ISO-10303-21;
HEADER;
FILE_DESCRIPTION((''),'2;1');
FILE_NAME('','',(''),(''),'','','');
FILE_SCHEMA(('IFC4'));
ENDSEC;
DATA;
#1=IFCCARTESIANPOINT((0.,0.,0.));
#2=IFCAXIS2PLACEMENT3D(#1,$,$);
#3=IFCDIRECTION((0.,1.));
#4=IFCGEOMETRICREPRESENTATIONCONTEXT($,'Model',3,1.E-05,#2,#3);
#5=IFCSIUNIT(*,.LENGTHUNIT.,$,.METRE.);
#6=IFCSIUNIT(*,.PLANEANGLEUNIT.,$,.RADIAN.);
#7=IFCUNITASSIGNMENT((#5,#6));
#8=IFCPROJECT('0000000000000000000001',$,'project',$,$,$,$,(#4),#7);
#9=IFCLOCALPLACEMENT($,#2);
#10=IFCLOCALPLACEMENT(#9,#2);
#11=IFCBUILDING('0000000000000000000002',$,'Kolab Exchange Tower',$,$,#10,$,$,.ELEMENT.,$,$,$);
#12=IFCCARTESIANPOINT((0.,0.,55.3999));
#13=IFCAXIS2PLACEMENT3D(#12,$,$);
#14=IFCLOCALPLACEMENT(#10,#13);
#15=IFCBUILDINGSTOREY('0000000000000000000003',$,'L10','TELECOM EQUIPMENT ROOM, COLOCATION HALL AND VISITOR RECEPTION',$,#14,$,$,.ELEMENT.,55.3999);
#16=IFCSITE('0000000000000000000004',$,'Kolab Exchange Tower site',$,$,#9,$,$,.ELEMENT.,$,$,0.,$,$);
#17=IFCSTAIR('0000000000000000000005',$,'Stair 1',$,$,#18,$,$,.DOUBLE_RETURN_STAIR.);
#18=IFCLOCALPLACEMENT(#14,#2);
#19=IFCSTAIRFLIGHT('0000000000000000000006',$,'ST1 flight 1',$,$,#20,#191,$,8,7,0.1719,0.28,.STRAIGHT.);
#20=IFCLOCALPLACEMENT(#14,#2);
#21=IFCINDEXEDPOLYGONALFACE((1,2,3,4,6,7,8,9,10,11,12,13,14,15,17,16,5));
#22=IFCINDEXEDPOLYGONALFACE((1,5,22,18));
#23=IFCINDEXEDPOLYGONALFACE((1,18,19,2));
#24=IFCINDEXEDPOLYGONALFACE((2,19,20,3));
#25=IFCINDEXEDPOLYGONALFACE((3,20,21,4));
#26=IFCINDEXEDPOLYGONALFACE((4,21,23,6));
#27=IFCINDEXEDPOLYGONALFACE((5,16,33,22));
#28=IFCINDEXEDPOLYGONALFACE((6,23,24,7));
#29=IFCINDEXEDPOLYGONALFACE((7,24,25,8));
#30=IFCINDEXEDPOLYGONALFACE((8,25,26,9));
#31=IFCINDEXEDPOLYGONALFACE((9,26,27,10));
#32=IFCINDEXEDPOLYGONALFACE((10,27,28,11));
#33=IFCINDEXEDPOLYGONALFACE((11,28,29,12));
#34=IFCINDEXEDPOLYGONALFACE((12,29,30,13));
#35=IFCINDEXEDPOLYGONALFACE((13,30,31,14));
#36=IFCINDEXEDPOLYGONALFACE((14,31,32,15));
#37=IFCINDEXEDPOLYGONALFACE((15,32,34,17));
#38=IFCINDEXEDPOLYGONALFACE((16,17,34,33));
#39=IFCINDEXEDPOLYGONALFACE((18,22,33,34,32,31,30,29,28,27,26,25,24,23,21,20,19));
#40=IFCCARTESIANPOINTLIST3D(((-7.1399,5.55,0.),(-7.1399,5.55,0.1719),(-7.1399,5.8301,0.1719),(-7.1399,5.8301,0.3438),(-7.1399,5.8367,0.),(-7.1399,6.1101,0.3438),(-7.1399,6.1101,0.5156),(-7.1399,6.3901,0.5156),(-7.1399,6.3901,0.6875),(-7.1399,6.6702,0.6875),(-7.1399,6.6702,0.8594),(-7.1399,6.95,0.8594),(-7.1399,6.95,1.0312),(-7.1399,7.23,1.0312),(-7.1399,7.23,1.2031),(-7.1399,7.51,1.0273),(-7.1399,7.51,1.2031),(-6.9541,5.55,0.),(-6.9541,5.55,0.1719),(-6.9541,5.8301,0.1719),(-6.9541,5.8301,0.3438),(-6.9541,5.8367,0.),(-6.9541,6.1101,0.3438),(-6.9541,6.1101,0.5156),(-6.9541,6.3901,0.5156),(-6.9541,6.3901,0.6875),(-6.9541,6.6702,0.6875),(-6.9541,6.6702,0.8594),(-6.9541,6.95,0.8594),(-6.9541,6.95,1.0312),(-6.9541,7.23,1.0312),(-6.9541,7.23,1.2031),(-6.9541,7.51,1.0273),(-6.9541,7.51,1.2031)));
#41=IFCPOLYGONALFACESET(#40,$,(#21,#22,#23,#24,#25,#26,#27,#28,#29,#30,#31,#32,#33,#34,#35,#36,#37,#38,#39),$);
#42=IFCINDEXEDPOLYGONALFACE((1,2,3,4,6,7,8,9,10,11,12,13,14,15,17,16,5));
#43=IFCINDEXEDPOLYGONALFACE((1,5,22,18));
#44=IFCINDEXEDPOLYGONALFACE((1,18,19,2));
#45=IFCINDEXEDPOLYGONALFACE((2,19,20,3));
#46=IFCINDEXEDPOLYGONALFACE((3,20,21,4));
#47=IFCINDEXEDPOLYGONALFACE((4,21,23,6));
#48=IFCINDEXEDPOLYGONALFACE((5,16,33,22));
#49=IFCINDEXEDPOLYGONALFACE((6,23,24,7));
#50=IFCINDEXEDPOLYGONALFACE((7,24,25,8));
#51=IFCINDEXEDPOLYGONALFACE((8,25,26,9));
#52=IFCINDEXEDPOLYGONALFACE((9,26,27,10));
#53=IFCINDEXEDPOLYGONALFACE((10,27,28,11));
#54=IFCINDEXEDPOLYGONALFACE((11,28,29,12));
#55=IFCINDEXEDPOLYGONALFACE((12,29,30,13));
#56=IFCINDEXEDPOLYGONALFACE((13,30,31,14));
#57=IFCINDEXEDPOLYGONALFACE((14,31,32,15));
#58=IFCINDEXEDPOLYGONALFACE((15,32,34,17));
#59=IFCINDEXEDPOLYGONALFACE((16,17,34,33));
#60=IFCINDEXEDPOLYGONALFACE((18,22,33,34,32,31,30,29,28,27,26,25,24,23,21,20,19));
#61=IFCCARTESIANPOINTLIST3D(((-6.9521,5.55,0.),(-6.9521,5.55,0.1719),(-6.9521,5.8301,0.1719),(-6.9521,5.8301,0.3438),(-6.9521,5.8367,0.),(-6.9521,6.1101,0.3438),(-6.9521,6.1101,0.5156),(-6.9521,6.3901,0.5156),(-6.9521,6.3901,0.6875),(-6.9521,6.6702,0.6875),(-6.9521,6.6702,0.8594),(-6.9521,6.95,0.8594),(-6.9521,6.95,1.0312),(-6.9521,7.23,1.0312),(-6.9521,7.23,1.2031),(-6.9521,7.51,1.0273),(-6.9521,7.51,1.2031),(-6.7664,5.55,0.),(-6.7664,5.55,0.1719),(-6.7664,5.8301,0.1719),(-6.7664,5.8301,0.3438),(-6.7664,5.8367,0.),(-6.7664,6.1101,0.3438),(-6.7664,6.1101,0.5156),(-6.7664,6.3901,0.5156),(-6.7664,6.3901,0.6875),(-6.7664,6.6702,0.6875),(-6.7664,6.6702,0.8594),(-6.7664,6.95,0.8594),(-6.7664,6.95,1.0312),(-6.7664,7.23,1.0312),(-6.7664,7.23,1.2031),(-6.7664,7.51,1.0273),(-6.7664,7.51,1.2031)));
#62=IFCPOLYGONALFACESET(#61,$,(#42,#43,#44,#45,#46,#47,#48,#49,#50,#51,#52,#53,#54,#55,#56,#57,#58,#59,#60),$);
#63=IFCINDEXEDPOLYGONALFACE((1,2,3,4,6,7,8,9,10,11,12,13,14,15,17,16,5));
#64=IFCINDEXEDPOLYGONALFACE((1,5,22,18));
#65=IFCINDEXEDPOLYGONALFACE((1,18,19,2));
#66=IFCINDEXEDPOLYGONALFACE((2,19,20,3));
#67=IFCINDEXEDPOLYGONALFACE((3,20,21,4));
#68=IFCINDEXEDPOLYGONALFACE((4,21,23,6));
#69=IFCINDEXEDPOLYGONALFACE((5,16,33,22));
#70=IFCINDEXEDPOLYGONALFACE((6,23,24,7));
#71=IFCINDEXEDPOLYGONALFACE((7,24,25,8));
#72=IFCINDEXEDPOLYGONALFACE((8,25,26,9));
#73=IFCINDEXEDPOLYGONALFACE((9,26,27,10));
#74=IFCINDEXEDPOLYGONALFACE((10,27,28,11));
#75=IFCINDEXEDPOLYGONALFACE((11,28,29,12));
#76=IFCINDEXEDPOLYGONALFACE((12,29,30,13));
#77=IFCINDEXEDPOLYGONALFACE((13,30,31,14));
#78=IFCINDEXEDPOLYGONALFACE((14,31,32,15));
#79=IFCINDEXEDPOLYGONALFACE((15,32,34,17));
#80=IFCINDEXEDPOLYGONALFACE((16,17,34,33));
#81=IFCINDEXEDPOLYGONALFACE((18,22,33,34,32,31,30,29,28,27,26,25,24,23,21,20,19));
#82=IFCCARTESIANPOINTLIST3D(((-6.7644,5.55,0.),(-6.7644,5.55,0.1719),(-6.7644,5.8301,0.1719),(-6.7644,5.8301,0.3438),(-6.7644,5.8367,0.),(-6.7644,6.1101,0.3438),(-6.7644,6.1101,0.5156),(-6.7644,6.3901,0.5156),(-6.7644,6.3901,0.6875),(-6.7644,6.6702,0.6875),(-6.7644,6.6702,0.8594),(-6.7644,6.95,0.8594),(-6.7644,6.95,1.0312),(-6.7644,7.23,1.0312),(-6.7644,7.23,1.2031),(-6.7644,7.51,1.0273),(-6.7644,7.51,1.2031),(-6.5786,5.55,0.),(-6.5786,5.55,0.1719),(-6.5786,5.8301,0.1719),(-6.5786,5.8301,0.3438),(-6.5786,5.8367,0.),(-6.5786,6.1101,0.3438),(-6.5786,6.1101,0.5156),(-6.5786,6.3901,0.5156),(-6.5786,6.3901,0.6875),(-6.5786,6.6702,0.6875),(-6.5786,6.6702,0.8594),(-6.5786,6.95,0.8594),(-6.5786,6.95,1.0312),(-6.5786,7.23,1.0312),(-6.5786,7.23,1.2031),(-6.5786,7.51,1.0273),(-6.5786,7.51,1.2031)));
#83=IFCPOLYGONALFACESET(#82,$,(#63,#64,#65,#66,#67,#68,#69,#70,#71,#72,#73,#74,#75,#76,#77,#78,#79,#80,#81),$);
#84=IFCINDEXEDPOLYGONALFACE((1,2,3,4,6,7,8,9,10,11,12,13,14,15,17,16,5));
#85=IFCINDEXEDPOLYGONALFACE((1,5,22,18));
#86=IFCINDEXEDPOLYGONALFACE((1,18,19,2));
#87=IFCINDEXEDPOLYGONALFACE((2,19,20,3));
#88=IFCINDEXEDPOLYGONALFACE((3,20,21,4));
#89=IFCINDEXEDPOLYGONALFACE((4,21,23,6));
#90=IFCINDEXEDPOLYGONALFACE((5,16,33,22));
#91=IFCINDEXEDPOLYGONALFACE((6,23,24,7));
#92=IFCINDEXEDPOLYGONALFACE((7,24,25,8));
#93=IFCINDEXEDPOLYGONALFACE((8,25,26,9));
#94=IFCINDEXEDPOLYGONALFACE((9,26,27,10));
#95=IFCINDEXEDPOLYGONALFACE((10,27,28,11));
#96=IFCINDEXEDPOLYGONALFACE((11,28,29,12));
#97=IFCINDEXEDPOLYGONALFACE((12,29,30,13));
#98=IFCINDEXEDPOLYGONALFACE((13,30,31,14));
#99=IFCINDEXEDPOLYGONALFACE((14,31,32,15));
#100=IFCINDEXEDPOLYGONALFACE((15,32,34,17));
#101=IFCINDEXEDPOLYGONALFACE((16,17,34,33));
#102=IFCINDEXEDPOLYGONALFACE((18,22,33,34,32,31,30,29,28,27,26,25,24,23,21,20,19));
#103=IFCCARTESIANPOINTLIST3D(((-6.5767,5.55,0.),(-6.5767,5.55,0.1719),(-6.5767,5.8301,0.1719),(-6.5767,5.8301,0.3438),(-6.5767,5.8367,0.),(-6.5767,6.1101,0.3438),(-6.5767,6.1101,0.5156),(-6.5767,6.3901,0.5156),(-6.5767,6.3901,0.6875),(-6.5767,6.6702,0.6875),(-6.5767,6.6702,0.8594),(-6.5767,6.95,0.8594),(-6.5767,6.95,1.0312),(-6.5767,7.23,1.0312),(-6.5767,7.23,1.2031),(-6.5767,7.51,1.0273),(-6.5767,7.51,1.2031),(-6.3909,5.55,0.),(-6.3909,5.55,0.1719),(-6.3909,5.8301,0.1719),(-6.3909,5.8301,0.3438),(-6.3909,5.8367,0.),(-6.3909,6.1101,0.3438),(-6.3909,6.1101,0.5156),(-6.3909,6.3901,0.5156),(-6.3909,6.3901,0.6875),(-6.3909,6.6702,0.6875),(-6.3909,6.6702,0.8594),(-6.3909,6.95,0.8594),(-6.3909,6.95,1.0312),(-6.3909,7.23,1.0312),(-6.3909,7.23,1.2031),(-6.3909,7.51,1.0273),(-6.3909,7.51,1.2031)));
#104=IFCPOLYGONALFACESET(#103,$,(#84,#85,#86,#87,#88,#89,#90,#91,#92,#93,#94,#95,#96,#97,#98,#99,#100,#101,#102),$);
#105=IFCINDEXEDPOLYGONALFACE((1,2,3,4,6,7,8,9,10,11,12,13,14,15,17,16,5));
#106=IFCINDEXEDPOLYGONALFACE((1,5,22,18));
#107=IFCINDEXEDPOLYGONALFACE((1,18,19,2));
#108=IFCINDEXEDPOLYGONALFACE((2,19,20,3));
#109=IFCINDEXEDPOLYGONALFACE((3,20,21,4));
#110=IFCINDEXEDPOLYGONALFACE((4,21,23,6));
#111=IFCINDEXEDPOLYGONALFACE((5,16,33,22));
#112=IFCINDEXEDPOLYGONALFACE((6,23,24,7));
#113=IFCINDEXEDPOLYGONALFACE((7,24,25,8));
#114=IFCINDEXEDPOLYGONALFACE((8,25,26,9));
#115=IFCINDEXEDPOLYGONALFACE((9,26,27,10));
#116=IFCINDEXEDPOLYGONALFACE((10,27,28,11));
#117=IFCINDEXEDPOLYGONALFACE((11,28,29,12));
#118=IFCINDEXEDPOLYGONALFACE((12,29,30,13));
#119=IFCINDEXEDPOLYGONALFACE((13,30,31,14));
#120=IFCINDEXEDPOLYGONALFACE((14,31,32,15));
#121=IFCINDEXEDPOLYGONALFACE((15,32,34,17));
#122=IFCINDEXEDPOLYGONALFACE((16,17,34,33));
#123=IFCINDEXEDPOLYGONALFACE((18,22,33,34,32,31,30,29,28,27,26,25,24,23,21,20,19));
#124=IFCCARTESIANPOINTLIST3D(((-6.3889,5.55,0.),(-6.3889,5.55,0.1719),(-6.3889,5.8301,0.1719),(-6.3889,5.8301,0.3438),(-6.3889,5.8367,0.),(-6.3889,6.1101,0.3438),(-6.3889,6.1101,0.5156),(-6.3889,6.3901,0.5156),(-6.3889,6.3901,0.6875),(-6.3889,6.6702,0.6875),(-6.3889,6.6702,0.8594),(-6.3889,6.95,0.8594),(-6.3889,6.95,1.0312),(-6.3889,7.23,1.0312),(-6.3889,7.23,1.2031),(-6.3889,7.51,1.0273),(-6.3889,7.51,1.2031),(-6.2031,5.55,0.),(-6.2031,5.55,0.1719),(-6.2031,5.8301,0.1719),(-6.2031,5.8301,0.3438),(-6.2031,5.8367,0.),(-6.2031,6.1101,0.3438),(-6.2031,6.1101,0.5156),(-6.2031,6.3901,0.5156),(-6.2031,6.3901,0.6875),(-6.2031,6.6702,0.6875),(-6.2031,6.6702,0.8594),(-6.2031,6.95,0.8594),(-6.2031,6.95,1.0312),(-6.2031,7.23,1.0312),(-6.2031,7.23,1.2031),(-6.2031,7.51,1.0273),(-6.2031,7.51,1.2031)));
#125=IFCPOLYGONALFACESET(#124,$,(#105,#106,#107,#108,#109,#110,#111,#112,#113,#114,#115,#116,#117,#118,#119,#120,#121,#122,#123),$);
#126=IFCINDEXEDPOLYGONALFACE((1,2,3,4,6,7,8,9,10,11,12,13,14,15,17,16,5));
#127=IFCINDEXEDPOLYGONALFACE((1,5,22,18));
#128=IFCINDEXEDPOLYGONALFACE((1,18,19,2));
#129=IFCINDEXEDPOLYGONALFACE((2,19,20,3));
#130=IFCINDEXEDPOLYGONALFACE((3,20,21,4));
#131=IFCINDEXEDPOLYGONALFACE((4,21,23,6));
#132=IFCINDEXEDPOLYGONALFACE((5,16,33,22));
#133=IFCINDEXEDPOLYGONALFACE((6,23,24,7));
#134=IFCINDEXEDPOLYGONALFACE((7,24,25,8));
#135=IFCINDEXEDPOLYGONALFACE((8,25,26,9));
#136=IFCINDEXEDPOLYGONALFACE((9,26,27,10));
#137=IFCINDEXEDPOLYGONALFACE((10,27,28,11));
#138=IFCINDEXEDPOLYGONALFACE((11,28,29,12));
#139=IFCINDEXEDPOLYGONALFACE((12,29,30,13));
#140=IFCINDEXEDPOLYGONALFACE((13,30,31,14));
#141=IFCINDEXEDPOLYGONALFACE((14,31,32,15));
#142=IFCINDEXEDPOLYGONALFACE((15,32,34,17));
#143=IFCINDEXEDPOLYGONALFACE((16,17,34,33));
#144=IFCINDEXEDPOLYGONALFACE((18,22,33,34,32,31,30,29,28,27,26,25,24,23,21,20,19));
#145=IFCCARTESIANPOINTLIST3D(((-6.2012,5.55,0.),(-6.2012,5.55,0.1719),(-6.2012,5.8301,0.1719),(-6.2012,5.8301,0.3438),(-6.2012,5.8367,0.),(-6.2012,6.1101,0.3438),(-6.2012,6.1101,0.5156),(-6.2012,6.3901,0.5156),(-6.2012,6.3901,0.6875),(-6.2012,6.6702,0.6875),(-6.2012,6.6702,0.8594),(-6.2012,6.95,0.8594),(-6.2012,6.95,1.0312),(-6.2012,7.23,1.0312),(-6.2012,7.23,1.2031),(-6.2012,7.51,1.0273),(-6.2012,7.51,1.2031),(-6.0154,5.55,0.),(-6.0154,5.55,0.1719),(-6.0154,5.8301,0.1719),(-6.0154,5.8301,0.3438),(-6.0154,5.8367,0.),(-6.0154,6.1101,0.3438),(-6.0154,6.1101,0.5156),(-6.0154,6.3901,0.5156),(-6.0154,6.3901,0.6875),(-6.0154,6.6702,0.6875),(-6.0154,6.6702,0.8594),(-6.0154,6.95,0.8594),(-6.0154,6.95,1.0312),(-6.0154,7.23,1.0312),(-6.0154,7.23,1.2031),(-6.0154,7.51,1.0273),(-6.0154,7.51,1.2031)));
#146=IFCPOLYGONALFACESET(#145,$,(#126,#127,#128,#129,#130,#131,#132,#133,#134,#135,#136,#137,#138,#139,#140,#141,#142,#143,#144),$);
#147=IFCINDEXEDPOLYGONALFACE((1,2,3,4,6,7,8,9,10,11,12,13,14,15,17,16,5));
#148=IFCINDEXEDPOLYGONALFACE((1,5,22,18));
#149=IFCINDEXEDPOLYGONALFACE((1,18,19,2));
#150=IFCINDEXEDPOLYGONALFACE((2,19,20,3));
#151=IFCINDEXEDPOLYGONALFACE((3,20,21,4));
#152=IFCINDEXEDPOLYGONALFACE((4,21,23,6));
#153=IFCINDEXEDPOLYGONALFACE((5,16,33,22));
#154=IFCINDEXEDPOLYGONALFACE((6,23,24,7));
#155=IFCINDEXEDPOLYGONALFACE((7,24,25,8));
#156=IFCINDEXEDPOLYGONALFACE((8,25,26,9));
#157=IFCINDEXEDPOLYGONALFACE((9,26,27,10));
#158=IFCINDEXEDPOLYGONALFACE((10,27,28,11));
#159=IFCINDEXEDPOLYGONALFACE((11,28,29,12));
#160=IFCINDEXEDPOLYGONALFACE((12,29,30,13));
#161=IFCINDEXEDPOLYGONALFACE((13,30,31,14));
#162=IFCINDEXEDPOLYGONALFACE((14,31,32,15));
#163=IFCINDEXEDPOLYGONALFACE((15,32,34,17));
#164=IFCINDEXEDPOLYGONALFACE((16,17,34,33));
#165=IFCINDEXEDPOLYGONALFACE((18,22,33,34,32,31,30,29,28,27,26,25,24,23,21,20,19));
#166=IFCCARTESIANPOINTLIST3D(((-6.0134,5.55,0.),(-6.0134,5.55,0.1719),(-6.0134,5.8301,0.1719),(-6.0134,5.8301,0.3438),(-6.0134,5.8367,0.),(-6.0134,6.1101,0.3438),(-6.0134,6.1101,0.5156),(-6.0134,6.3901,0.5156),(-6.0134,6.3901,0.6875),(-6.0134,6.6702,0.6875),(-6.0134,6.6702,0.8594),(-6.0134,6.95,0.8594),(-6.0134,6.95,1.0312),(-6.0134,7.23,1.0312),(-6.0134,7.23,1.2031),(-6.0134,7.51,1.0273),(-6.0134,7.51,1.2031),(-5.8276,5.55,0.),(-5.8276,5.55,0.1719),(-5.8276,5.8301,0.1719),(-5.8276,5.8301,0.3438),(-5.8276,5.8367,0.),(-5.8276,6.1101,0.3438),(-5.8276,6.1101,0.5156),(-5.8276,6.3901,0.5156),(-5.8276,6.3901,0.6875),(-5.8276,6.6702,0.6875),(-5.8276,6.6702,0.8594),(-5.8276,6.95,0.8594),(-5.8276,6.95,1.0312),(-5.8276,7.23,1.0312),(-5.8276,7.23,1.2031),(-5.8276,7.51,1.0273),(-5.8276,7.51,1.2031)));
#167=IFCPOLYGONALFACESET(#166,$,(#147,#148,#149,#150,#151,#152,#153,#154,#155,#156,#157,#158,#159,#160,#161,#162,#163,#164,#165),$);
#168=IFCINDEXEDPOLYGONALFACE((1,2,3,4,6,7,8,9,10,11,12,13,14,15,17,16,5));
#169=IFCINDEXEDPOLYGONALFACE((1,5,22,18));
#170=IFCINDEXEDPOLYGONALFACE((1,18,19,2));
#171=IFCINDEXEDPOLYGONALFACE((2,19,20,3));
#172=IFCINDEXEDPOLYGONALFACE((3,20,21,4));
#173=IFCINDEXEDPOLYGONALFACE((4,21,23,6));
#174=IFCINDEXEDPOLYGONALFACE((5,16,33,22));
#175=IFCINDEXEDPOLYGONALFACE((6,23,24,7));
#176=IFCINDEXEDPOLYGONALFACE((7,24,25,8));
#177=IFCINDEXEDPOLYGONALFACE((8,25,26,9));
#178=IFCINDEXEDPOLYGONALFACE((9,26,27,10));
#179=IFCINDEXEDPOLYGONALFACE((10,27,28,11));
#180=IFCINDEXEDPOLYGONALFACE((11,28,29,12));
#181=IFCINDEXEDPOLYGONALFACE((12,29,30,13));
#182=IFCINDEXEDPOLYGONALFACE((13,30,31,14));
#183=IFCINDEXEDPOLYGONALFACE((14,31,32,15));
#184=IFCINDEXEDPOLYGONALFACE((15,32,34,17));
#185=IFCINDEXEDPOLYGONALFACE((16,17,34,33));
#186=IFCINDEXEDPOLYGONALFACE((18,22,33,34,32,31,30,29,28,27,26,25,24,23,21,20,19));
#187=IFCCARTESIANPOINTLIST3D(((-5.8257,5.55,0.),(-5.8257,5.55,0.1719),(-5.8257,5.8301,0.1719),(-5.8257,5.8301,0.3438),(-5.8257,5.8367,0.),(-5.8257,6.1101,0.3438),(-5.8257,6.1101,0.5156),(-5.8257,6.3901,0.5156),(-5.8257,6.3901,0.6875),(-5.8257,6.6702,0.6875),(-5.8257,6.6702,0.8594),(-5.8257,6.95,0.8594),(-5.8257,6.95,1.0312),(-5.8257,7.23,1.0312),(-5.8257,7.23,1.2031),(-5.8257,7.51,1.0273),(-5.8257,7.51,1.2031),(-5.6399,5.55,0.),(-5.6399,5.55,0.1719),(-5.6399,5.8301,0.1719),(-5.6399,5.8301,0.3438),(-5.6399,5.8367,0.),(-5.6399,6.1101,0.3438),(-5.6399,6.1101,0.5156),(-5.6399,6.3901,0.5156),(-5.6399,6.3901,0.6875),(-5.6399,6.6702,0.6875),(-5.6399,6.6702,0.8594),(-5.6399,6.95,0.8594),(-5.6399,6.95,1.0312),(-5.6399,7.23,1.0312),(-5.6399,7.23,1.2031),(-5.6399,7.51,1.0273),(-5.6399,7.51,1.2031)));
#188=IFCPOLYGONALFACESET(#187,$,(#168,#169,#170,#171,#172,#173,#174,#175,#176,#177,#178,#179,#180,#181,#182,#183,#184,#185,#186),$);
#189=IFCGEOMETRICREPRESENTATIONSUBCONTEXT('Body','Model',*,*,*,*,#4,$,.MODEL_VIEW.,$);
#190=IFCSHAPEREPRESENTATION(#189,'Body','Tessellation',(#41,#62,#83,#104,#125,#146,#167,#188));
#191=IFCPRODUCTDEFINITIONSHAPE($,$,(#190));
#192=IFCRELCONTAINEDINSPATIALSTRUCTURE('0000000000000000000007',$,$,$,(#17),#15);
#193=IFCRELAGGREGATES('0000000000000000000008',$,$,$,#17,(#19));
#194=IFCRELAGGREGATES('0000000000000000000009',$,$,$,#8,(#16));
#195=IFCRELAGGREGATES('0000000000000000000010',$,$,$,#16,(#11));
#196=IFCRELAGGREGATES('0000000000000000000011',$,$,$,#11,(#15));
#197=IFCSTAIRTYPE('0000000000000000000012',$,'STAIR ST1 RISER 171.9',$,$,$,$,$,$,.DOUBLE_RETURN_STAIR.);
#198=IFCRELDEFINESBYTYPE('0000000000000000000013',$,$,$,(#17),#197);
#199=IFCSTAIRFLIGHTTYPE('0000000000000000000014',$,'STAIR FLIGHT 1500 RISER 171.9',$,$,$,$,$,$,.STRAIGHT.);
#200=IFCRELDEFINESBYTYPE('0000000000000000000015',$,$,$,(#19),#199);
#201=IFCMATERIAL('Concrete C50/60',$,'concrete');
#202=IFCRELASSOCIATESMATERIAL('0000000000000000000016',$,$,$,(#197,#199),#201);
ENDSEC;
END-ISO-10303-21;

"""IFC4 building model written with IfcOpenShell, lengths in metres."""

from ifc_helpers import new_model, si_unit, direction, frame, origin, place, context, subcontext, project, spatial, polyline, outline, extrude, material, type_object, element, aggregate, save


model = new_model("IFC4")

# Units and contexts
model_context = context("Model", 3, precision=1e-05, world=origin(), true_north=direction((0.0, 1.0)))
body_context = subcontext(model_context, "Body", "Model", "MODEL_VIEW")
ifc_project = project(units=[si_unit("LENGTHUNIT", "METRE"), si_unit("PLANEANGLEUNIT", "RADIAN")], contexts=[model_context])

# Site, building, storey
site_placement = place(None, origin())
site = spatial("IfcSite", under=ifc_project, at=site_placement, Name="Kolab Exchange Tower site", CompositionType="ELEMENT", RefElevation=0.0)
building_placement = place(site_placement, origin())
building = spatial("IfcBuilding", under=site, at=building_placement, Name="Kolab Exchange Tower", CompositionType="ELEMENT")
storey_placement = place(building_placement, frame((0.0, 0.0, 55.3999)))
storey = spatial("IfcBuildingStorey", under=building, at=storey_placement, Name="L10", Description="TELECOM EQUIPMENT ROOM, COLOCATION HALL AND VISITOR RECEPTION", CompositionType="ELEMENT", Elevation=55.3999)

# Shared definitions
ifc_material_1 = material(Name="Concrete C50/60", Category="concrete")

# Stair, stair flight
stair_type = type_object("IfcStairType", Name="STAIR ST1 RISER 171.9", PredefinedType="DOUBLE_RETURN_STAIR", material=ifc_material_1)
stair_placement = place(storey_placement, origin())
stair = element("IfcStair", 1, at=stair_placement, inside=storey, type_object=stair_type, Name="Stair 1", PredefinedType="DOUBLE_RETURN_STAIR")
stair_flight_type = type_object("IfcStairFlightType", Name="STAIR FLIGHT 1500 RISER 171.9", PredefinedType="STRAIGHT", material=ifc_material_1)
stair_flight_1_placement = place(storey_placement, frame((-6.3899, 5.55, 0.0), z_axis=(0.0, 0.0, 1.0), x_axis=(0.0, 1.0, 0.0)))
stair_flight_1 = element("IfcStairFlight", 2, at=stair_flight_1_placement, type_object=stair_flight_type, Name="ST1 flight 1", NumberOfRisers=8, NumberOfTreads=7, PredefinedType="STRAIGHT", RiserHeight=0.1719, TreadLength=0.28, context=body_context, shape_type="SweptSolid", body=[
    extrude(outline(polyline([(0.0, 0.0), (0.0, 0.1719), (0.28, 0.1719), (0.28, 0.3438), (0.5601, 0.3438), (0.5601, 0.5156), (0.8401, 0.5156), (0.8401, 0.6875), (1.1201, 0.6875), (1.1201, 0.8594), (1.3999, 0.8594), (1.3999, 1.0312), (1.6799, 1.0312), (1.6799, 1.2031), (1.96, 1.2031), (1.96, 1.375), (1.96, 1.0273), (0.2866, 0.0), (0.0, 0.0)])), frame((0.0, 0.75, 0.0), z_axis=(0.0, -1.0, 0.0), x_axis=(1.0, 0.0, 0.0)), (0.0, 0.0, 1.0), 0.1858),
    extrude(outline(polyline([(0.0, 0.0), (0.0, 0.1719), (0.28, 0.1719), (0.28, 0.3438), (0.5601, 0.3438), (0.5601, 0.5156), (0.8401, 0.5156), (0.8401, 0.6875), (1.1201, 0.6875), (1.1201, 0.8594), (1.3999, 0.8594), (1.3999, 1.0312), (1.6799, 1.0312), (1.6799, 1.2031), (1.96, 1.2031), (1.96, 1.375), (1.96, 1.0273), (0.2866, 0.0), (0.0, 0.0)])), frame((0.0, 0.5623, 0.0), z_axis=(0.0, -1.0, 0.0), x_axis=(1.0, 0.0, 0.0)), (0.0, 0.0, 1.0), 0.1858),
    extrude(outline(polyline([(0.0, 0.0), (0.0, 0.1719), (0.28, 0.1719), (0.28, 0.3438), (0.5601, 0.3438), (0.5601, 0.5156), (0.8401, 0.5156), (0.8401, 0.6875), (1.1201, 0.6875), (1.1201, 0.8594), (1.3999, 0.8594), (1.3999, 1.0312), (1.6799, 1.0312), (1.6799, 1.2031), (1.96, 1.2031), (1.96, 1.375), (1.96, 1.0273), (0.2866, 0.0), (0.0, 0.0)])), frame((0.0, 0.3745, 0.0), z_axis=(0.0, -1.0, 0.0), x_axis=(1.0, 0.0, 0.0)), (0.0, 0.0, 1.0), 0.1858),
    extrude(outline(polyline([(0.0, 0.0), (0.0, 0.1719), (0.28, 0.1719), (0.28, 0.3438), (0.5601, 0.3438), (0.5601, 0.5156), (0.8401, 0.5156), (0.8401, 0.6875), (1.1201, 0.6875), (1.1201, 0.8594), (1.3999, 0.8594), (1.3999, 1.0312), (1.6799, 1.0312), (1.6799, 1.2031), (1.96, 1.2031), (1.96, 1.375), (1.96, 1.0273), (0.2866, 0.0), (0.0, 0.0)])), frame((0.0, 0.1868, 0.0), z_axis=(0.0, -1.0, 0.0), x_axis=(1.0, 0.0, 0.0)), (0.0, 0.0, 1.0), 0.1858),
    extrude(outline(polyline([(0.0, 0.0), (0.0, 0.1719), (0.28, 0.1719), (0.28, 0.3438), (0.5601, 0.3438), (0.5601, 0.5156), (0.8401, 0.5156), (0.8401, 0.6875), (1.1201, 0.6875), (1.1201, 0.8594), (1.3999, 0.8594), (1.3999, 1.0312), (1.6799, 1.0312), (1.6799, 1.2031), (1.96, 1.2031), (1.96, 1.375), (1.96, 1.0273), (0.2866, 0.0), (0.0, 0.0)])), frame((0.0, -0.001, 0.0), z_axis=(0.0, -1.0, 0.0), x_axis=(1.0, 0.0, 0.0)), (0.0, 0.0, 1.0), 0.1858),
    extrude(outline(polyline([(0.0, 0.0), (0.0, 0.1719), (0.28, 0.1719), (0.28, 0.3438), (0.5601, 0.3438), (0.5601, 0.5156), (0.8401, 0.5156), (0.8401, 0.6875), (1.1201, 0.6875), (1.1201, 0.8594), (1.3999, 0.8594), (1.3999, 1.0312), (1.6799, 1.0312), (1.6799, 1.2031), (1.96, 1.2031), (1.96, 1.375), (1.96, 1.0273), (0.2866, 0.0), (0.0, 0.0)])), frame((0.0, -0.1887, 0.0), z_axis=(0.0, -1.0, 0.0), x_axis=(1.0, 0.0, 0.0)), (0.0, 0.0, 1.0), 0.1858),
    extrude(outline(polyline([(0.0, 0.0), (0.0, 0.1719), (0.28, 0.1719), (0.28, 0.3438), (0.5601, 0.3438), (0.5601, 0.5156), (0.8401, 0.5156), (0.8401, 0.6875), (1.1201, 0.6875), (1.1201, 0.8594), (1.3999, 0.8594), (1.3999, 1.0312), (1.6799, 1.0312), (1.6799, 1.2031), (1.96, 1.2031), (1.96, 1.375), (1.96, 1.0273), (0.2866, 0.0), (0.0, 0.0)])), frame((0.0, -0.3765, 0.0), z_axis=(0.0, -1.0, 0.0), x_axis=(1.0, 0.0, 0.0)), (0.0, 0.0, 1.0), 0.1858),
    extrude(outline(polyline([(0.0, 0.0), (0.0, 0.1719), (0.28, 0.1719), (0.28, 0.3438), (0.5601, 0.3438), (0.5601, 0.5156), (0.8401, 0.5156), (0.8401, 0.6875), (1.1201, 0.6875), (1.1201, 0.8594), (1.3999, 0.8594), (1.3999, 1.0312), (1.6799, 1.0312), (1.6799, 1.2031), (1.96, 1.2031), (1.96, 1.375), (1.96, 1.0273), (0.2866, 0.0), (0.0, 0.0)])), frame((0.0, -0.5642, 0.0), z_axis=(0.0, -1.0, 0.0), x_axis=(1.0, 0.0, 0.0)), (0.0, 0.0, 1.0), 0.1858),
])
aggregate(stair, [stair_flight_1])

save(model, "model.ifc")
